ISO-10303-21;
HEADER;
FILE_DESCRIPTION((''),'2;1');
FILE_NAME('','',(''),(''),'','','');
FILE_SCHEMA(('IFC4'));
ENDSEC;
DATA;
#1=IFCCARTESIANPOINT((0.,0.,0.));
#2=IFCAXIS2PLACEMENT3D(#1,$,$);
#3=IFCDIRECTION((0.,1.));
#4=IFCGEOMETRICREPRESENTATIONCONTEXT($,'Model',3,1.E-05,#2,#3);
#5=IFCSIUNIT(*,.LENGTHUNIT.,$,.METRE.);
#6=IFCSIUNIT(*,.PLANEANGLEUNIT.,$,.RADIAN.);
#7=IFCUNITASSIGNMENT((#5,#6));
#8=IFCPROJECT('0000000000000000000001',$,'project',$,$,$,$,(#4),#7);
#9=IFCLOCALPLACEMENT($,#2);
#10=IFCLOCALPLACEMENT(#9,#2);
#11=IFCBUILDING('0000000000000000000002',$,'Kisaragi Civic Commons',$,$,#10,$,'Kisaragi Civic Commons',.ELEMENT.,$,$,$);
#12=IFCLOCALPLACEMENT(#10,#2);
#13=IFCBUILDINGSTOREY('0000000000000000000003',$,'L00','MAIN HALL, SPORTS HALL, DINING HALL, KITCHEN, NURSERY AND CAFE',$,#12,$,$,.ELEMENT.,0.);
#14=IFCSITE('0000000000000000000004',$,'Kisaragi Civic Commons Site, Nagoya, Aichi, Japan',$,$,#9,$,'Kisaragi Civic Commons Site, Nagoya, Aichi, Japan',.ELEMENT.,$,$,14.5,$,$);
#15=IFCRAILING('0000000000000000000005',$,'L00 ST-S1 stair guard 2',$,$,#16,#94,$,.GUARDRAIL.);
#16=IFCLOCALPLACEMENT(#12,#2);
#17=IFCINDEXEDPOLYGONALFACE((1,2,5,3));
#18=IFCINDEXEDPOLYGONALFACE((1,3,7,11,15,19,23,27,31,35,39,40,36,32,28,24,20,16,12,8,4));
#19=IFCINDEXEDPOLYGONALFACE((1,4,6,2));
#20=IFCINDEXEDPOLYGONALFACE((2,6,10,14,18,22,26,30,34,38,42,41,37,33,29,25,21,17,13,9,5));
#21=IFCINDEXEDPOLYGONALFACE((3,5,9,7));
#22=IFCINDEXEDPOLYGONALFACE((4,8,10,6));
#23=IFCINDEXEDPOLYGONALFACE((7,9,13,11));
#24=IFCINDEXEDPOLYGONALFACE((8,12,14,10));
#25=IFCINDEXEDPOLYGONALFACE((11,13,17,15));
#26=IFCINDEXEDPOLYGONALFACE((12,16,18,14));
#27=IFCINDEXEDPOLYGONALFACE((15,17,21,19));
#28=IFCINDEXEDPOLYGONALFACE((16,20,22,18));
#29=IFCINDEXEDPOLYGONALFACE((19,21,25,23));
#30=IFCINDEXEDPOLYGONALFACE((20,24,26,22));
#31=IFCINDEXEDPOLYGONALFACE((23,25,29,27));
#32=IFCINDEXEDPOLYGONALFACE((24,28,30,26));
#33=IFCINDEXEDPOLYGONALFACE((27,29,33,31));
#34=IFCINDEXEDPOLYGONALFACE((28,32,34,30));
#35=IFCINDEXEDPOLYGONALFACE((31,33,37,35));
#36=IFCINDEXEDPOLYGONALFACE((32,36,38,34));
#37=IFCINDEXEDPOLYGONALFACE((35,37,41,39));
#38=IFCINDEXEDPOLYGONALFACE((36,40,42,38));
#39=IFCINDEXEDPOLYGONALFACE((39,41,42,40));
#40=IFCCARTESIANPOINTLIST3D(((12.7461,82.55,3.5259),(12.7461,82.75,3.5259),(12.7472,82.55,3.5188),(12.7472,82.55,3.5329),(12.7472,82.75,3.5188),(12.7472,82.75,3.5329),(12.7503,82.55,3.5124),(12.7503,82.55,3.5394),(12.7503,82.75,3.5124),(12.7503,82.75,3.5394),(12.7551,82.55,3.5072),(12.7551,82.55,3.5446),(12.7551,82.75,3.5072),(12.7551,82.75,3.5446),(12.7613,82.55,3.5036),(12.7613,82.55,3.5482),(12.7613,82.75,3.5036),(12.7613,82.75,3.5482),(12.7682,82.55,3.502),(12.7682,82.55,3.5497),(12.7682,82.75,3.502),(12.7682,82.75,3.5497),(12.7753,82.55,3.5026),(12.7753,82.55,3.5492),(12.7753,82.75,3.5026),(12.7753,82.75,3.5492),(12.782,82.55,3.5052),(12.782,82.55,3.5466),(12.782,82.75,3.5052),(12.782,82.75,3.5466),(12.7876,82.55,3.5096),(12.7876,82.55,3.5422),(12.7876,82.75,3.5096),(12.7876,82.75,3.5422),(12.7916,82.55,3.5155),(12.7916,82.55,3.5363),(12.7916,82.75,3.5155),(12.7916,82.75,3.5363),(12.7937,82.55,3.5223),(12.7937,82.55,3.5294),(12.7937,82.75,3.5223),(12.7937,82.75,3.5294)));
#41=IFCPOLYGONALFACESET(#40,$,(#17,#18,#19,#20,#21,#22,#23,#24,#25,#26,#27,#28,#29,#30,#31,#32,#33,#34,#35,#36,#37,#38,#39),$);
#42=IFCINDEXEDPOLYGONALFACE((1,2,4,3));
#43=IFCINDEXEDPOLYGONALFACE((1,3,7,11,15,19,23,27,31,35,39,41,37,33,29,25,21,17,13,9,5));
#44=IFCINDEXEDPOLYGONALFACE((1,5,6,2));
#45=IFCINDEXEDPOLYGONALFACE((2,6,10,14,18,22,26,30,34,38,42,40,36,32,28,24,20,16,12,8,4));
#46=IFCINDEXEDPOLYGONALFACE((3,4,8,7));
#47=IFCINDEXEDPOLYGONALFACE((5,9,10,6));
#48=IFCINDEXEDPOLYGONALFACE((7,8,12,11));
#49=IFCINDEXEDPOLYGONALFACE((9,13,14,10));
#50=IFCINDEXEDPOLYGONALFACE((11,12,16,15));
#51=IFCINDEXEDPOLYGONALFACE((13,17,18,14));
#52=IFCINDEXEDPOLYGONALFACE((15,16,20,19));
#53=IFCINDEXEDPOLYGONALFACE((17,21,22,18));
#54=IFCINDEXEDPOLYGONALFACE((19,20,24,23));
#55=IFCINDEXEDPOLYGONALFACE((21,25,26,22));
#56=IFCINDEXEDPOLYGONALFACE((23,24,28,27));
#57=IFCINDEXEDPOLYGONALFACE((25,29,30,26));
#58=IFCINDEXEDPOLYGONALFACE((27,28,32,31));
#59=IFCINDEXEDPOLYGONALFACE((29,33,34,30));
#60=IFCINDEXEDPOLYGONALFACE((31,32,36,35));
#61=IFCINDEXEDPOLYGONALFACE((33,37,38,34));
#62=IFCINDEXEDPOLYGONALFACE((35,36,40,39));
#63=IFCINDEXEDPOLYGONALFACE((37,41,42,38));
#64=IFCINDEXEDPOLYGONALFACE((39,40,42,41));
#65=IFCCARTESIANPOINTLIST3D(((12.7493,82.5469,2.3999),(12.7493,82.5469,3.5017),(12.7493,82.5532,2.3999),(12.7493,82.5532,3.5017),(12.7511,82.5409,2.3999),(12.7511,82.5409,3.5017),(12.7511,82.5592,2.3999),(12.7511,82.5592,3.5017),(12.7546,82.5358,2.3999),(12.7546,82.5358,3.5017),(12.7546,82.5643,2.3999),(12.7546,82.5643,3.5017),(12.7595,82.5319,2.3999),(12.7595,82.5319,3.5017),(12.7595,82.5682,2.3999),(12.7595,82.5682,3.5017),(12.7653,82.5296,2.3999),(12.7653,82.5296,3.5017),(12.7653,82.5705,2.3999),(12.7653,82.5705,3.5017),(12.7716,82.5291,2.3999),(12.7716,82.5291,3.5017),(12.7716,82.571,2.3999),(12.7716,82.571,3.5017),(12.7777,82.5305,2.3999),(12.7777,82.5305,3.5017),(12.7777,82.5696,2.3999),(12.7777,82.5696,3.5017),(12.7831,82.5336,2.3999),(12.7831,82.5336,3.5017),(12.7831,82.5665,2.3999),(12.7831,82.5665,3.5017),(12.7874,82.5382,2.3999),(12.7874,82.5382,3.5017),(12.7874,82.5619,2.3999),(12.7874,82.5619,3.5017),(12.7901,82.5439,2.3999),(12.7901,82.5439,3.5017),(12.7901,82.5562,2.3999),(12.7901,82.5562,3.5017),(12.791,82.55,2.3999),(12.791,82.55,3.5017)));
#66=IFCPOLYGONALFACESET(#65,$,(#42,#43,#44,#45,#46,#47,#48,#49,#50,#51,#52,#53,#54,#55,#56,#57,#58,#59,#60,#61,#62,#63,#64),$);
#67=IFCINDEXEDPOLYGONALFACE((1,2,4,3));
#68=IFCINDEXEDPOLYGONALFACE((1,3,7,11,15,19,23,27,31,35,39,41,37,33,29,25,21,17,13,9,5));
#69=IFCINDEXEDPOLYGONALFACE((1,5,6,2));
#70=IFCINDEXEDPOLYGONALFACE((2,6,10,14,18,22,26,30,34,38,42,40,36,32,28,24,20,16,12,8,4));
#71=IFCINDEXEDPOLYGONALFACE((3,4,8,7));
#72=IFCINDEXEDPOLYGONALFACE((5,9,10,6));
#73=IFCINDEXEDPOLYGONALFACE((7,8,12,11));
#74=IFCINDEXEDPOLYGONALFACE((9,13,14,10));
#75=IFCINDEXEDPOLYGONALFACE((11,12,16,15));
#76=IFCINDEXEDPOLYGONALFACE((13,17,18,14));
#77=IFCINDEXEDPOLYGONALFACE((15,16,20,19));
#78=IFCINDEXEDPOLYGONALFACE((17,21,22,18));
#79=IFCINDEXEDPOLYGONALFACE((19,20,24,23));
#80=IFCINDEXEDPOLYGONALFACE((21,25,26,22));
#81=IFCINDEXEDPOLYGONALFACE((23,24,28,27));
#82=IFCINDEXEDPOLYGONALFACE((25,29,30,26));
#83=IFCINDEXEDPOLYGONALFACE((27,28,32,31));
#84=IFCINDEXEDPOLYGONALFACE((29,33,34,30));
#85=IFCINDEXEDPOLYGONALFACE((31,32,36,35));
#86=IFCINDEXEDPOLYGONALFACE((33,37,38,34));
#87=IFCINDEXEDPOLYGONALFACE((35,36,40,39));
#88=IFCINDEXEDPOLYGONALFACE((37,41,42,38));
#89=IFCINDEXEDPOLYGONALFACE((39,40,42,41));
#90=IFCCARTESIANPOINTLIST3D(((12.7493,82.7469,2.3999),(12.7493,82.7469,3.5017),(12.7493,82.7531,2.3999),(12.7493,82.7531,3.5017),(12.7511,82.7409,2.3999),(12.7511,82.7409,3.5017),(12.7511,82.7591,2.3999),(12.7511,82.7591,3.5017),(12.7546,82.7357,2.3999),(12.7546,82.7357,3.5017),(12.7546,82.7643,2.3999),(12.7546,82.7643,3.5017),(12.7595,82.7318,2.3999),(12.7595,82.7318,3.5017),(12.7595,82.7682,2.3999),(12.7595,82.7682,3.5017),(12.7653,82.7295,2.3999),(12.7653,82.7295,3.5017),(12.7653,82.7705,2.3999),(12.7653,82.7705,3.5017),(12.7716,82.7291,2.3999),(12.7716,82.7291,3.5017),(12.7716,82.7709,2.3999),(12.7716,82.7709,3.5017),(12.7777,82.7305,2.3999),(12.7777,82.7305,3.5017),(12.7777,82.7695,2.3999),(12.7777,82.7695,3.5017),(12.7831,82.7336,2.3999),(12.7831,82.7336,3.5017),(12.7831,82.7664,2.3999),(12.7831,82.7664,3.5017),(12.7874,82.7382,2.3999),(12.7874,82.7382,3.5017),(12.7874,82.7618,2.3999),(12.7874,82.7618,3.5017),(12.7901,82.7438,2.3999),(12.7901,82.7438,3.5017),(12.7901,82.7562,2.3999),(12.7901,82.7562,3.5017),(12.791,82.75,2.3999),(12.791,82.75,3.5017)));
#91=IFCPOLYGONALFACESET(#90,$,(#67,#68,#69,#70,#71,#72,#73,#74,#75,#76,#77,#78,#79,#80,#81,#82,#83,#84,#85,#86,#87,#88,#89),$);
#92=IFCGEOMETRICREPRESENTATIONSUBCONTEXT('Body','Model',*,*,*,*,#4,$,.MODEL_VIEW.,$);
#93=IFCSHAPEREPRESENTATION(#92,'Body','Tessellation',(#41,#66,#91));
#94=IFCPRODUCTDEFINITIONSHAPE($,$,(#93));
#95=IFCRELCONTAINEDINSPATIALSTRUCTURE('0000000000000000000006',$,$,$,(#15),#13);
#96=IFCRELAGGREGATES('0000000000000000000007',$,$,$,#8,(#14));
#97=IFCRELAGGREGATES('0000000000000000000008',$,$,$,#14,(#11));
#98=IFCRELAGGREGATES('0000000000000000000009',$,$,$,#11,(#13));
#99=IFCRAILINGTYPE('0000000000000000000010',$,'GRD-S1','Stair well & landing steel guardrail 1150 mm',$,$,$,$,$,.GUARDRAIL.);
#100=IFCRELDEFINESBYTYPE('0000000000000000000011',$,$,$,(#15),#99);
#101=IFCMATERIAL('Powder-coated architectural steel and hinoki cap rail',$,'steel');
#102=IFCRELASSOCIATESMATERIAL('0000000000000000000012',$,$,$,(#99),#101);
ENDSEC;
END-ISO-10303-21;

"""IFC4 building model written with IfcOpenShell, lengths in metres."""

from ifc_helpers import new_model, si_unit, direction, frame, origin, origin_2d, place, context, subcontext, project, spatial, circle, extrude, material, type_object, element, save


model = new_model("IFC4")

# Units and contexts
model_context = context("Model", 3, precision=1e-05, world=origin(), true_north=direction((0.0, 1.0)))
body_context = subcontext(model_context, "Body", "Model", "MODEL_VIEW")
ifc_project = project(units=[si_unit("LENGTHUNIT", "METRE"), si_unit("PLANEANGLEUNIT", "RADIAN")], contexts=[model_context])

# Site, building, storey
site_placement = place(None, origin())
site = spatial("IfcSite", under=ifc_project, at=site_placement, Name="Kisaragi Civic Commons Site, Nagoya, Aichi, Japan", LongName="Kisaragi Civic Commons Site, Nagoya, Aichi, Japan", CompositionType="ELEMENT", RefElevation=14.5)
building_placement = place(site_placement, origin())
building = spatial("IfcBuilding", under=site, at=building_placement, Name="Kisaragi Civic Commons", LongName="Kisaragi Civic Commons", CompositionType="ELEMENT")
storey_placement = place(building_placement, origin())
storey = spatial("IfcBuildingStorey", under=building, at=storey_placement, Name="L00", Description="MAIN HALL, SPORTS HALL, DINING HALL, KITCHEN, NURSERY AND CAFE", CompositionType="ELEMENT", Elevation=0.0)

# Railing
ifc_material_1 = material(Name="Powder-coated architectural steel and hinoki cap rail", Category="steel")
railing_type_1 = type_object("IfcRailingType", Name="GRD-S1", Description="Stair well & landing steel guardrail 1150 mm", PredefinedType="GUARDRAIL", material=ifc_material_1)
railing_1_placement = place(storey_placement, frame((12.77, 82.55, 2.3999)))
element("IfcRailing", 1, at=railing_1_placement, inside=storey, type_object=railing_type_1, Name="L00 ST-S1 stair guard 2", PredefinedType="GUARDRAIL", context=body_context, shape_type="SweptSolid", body=[
    extrude(circle(Radius=0.0239, at=origin_2d()), frame((0.0, 0.0, 1.126), z_axis=(0.0, 1.0, 0.0), x_axis=(-1.0, 0.0, 0.0)), (0.0, 0.0, 1.0), 0.2),
    extrude(circle(Radius=0.021, at=origin_2d()), origin(), (0.0, 0.0, 1.0), 1.1018),
    extrude(circle(Radius=0.021, at=origin_2d()), frame((0.0, 0.2, 0.0)), (0.0, 0.0, 1.0), 1.1018),
])

save(model, "model.ifc")
